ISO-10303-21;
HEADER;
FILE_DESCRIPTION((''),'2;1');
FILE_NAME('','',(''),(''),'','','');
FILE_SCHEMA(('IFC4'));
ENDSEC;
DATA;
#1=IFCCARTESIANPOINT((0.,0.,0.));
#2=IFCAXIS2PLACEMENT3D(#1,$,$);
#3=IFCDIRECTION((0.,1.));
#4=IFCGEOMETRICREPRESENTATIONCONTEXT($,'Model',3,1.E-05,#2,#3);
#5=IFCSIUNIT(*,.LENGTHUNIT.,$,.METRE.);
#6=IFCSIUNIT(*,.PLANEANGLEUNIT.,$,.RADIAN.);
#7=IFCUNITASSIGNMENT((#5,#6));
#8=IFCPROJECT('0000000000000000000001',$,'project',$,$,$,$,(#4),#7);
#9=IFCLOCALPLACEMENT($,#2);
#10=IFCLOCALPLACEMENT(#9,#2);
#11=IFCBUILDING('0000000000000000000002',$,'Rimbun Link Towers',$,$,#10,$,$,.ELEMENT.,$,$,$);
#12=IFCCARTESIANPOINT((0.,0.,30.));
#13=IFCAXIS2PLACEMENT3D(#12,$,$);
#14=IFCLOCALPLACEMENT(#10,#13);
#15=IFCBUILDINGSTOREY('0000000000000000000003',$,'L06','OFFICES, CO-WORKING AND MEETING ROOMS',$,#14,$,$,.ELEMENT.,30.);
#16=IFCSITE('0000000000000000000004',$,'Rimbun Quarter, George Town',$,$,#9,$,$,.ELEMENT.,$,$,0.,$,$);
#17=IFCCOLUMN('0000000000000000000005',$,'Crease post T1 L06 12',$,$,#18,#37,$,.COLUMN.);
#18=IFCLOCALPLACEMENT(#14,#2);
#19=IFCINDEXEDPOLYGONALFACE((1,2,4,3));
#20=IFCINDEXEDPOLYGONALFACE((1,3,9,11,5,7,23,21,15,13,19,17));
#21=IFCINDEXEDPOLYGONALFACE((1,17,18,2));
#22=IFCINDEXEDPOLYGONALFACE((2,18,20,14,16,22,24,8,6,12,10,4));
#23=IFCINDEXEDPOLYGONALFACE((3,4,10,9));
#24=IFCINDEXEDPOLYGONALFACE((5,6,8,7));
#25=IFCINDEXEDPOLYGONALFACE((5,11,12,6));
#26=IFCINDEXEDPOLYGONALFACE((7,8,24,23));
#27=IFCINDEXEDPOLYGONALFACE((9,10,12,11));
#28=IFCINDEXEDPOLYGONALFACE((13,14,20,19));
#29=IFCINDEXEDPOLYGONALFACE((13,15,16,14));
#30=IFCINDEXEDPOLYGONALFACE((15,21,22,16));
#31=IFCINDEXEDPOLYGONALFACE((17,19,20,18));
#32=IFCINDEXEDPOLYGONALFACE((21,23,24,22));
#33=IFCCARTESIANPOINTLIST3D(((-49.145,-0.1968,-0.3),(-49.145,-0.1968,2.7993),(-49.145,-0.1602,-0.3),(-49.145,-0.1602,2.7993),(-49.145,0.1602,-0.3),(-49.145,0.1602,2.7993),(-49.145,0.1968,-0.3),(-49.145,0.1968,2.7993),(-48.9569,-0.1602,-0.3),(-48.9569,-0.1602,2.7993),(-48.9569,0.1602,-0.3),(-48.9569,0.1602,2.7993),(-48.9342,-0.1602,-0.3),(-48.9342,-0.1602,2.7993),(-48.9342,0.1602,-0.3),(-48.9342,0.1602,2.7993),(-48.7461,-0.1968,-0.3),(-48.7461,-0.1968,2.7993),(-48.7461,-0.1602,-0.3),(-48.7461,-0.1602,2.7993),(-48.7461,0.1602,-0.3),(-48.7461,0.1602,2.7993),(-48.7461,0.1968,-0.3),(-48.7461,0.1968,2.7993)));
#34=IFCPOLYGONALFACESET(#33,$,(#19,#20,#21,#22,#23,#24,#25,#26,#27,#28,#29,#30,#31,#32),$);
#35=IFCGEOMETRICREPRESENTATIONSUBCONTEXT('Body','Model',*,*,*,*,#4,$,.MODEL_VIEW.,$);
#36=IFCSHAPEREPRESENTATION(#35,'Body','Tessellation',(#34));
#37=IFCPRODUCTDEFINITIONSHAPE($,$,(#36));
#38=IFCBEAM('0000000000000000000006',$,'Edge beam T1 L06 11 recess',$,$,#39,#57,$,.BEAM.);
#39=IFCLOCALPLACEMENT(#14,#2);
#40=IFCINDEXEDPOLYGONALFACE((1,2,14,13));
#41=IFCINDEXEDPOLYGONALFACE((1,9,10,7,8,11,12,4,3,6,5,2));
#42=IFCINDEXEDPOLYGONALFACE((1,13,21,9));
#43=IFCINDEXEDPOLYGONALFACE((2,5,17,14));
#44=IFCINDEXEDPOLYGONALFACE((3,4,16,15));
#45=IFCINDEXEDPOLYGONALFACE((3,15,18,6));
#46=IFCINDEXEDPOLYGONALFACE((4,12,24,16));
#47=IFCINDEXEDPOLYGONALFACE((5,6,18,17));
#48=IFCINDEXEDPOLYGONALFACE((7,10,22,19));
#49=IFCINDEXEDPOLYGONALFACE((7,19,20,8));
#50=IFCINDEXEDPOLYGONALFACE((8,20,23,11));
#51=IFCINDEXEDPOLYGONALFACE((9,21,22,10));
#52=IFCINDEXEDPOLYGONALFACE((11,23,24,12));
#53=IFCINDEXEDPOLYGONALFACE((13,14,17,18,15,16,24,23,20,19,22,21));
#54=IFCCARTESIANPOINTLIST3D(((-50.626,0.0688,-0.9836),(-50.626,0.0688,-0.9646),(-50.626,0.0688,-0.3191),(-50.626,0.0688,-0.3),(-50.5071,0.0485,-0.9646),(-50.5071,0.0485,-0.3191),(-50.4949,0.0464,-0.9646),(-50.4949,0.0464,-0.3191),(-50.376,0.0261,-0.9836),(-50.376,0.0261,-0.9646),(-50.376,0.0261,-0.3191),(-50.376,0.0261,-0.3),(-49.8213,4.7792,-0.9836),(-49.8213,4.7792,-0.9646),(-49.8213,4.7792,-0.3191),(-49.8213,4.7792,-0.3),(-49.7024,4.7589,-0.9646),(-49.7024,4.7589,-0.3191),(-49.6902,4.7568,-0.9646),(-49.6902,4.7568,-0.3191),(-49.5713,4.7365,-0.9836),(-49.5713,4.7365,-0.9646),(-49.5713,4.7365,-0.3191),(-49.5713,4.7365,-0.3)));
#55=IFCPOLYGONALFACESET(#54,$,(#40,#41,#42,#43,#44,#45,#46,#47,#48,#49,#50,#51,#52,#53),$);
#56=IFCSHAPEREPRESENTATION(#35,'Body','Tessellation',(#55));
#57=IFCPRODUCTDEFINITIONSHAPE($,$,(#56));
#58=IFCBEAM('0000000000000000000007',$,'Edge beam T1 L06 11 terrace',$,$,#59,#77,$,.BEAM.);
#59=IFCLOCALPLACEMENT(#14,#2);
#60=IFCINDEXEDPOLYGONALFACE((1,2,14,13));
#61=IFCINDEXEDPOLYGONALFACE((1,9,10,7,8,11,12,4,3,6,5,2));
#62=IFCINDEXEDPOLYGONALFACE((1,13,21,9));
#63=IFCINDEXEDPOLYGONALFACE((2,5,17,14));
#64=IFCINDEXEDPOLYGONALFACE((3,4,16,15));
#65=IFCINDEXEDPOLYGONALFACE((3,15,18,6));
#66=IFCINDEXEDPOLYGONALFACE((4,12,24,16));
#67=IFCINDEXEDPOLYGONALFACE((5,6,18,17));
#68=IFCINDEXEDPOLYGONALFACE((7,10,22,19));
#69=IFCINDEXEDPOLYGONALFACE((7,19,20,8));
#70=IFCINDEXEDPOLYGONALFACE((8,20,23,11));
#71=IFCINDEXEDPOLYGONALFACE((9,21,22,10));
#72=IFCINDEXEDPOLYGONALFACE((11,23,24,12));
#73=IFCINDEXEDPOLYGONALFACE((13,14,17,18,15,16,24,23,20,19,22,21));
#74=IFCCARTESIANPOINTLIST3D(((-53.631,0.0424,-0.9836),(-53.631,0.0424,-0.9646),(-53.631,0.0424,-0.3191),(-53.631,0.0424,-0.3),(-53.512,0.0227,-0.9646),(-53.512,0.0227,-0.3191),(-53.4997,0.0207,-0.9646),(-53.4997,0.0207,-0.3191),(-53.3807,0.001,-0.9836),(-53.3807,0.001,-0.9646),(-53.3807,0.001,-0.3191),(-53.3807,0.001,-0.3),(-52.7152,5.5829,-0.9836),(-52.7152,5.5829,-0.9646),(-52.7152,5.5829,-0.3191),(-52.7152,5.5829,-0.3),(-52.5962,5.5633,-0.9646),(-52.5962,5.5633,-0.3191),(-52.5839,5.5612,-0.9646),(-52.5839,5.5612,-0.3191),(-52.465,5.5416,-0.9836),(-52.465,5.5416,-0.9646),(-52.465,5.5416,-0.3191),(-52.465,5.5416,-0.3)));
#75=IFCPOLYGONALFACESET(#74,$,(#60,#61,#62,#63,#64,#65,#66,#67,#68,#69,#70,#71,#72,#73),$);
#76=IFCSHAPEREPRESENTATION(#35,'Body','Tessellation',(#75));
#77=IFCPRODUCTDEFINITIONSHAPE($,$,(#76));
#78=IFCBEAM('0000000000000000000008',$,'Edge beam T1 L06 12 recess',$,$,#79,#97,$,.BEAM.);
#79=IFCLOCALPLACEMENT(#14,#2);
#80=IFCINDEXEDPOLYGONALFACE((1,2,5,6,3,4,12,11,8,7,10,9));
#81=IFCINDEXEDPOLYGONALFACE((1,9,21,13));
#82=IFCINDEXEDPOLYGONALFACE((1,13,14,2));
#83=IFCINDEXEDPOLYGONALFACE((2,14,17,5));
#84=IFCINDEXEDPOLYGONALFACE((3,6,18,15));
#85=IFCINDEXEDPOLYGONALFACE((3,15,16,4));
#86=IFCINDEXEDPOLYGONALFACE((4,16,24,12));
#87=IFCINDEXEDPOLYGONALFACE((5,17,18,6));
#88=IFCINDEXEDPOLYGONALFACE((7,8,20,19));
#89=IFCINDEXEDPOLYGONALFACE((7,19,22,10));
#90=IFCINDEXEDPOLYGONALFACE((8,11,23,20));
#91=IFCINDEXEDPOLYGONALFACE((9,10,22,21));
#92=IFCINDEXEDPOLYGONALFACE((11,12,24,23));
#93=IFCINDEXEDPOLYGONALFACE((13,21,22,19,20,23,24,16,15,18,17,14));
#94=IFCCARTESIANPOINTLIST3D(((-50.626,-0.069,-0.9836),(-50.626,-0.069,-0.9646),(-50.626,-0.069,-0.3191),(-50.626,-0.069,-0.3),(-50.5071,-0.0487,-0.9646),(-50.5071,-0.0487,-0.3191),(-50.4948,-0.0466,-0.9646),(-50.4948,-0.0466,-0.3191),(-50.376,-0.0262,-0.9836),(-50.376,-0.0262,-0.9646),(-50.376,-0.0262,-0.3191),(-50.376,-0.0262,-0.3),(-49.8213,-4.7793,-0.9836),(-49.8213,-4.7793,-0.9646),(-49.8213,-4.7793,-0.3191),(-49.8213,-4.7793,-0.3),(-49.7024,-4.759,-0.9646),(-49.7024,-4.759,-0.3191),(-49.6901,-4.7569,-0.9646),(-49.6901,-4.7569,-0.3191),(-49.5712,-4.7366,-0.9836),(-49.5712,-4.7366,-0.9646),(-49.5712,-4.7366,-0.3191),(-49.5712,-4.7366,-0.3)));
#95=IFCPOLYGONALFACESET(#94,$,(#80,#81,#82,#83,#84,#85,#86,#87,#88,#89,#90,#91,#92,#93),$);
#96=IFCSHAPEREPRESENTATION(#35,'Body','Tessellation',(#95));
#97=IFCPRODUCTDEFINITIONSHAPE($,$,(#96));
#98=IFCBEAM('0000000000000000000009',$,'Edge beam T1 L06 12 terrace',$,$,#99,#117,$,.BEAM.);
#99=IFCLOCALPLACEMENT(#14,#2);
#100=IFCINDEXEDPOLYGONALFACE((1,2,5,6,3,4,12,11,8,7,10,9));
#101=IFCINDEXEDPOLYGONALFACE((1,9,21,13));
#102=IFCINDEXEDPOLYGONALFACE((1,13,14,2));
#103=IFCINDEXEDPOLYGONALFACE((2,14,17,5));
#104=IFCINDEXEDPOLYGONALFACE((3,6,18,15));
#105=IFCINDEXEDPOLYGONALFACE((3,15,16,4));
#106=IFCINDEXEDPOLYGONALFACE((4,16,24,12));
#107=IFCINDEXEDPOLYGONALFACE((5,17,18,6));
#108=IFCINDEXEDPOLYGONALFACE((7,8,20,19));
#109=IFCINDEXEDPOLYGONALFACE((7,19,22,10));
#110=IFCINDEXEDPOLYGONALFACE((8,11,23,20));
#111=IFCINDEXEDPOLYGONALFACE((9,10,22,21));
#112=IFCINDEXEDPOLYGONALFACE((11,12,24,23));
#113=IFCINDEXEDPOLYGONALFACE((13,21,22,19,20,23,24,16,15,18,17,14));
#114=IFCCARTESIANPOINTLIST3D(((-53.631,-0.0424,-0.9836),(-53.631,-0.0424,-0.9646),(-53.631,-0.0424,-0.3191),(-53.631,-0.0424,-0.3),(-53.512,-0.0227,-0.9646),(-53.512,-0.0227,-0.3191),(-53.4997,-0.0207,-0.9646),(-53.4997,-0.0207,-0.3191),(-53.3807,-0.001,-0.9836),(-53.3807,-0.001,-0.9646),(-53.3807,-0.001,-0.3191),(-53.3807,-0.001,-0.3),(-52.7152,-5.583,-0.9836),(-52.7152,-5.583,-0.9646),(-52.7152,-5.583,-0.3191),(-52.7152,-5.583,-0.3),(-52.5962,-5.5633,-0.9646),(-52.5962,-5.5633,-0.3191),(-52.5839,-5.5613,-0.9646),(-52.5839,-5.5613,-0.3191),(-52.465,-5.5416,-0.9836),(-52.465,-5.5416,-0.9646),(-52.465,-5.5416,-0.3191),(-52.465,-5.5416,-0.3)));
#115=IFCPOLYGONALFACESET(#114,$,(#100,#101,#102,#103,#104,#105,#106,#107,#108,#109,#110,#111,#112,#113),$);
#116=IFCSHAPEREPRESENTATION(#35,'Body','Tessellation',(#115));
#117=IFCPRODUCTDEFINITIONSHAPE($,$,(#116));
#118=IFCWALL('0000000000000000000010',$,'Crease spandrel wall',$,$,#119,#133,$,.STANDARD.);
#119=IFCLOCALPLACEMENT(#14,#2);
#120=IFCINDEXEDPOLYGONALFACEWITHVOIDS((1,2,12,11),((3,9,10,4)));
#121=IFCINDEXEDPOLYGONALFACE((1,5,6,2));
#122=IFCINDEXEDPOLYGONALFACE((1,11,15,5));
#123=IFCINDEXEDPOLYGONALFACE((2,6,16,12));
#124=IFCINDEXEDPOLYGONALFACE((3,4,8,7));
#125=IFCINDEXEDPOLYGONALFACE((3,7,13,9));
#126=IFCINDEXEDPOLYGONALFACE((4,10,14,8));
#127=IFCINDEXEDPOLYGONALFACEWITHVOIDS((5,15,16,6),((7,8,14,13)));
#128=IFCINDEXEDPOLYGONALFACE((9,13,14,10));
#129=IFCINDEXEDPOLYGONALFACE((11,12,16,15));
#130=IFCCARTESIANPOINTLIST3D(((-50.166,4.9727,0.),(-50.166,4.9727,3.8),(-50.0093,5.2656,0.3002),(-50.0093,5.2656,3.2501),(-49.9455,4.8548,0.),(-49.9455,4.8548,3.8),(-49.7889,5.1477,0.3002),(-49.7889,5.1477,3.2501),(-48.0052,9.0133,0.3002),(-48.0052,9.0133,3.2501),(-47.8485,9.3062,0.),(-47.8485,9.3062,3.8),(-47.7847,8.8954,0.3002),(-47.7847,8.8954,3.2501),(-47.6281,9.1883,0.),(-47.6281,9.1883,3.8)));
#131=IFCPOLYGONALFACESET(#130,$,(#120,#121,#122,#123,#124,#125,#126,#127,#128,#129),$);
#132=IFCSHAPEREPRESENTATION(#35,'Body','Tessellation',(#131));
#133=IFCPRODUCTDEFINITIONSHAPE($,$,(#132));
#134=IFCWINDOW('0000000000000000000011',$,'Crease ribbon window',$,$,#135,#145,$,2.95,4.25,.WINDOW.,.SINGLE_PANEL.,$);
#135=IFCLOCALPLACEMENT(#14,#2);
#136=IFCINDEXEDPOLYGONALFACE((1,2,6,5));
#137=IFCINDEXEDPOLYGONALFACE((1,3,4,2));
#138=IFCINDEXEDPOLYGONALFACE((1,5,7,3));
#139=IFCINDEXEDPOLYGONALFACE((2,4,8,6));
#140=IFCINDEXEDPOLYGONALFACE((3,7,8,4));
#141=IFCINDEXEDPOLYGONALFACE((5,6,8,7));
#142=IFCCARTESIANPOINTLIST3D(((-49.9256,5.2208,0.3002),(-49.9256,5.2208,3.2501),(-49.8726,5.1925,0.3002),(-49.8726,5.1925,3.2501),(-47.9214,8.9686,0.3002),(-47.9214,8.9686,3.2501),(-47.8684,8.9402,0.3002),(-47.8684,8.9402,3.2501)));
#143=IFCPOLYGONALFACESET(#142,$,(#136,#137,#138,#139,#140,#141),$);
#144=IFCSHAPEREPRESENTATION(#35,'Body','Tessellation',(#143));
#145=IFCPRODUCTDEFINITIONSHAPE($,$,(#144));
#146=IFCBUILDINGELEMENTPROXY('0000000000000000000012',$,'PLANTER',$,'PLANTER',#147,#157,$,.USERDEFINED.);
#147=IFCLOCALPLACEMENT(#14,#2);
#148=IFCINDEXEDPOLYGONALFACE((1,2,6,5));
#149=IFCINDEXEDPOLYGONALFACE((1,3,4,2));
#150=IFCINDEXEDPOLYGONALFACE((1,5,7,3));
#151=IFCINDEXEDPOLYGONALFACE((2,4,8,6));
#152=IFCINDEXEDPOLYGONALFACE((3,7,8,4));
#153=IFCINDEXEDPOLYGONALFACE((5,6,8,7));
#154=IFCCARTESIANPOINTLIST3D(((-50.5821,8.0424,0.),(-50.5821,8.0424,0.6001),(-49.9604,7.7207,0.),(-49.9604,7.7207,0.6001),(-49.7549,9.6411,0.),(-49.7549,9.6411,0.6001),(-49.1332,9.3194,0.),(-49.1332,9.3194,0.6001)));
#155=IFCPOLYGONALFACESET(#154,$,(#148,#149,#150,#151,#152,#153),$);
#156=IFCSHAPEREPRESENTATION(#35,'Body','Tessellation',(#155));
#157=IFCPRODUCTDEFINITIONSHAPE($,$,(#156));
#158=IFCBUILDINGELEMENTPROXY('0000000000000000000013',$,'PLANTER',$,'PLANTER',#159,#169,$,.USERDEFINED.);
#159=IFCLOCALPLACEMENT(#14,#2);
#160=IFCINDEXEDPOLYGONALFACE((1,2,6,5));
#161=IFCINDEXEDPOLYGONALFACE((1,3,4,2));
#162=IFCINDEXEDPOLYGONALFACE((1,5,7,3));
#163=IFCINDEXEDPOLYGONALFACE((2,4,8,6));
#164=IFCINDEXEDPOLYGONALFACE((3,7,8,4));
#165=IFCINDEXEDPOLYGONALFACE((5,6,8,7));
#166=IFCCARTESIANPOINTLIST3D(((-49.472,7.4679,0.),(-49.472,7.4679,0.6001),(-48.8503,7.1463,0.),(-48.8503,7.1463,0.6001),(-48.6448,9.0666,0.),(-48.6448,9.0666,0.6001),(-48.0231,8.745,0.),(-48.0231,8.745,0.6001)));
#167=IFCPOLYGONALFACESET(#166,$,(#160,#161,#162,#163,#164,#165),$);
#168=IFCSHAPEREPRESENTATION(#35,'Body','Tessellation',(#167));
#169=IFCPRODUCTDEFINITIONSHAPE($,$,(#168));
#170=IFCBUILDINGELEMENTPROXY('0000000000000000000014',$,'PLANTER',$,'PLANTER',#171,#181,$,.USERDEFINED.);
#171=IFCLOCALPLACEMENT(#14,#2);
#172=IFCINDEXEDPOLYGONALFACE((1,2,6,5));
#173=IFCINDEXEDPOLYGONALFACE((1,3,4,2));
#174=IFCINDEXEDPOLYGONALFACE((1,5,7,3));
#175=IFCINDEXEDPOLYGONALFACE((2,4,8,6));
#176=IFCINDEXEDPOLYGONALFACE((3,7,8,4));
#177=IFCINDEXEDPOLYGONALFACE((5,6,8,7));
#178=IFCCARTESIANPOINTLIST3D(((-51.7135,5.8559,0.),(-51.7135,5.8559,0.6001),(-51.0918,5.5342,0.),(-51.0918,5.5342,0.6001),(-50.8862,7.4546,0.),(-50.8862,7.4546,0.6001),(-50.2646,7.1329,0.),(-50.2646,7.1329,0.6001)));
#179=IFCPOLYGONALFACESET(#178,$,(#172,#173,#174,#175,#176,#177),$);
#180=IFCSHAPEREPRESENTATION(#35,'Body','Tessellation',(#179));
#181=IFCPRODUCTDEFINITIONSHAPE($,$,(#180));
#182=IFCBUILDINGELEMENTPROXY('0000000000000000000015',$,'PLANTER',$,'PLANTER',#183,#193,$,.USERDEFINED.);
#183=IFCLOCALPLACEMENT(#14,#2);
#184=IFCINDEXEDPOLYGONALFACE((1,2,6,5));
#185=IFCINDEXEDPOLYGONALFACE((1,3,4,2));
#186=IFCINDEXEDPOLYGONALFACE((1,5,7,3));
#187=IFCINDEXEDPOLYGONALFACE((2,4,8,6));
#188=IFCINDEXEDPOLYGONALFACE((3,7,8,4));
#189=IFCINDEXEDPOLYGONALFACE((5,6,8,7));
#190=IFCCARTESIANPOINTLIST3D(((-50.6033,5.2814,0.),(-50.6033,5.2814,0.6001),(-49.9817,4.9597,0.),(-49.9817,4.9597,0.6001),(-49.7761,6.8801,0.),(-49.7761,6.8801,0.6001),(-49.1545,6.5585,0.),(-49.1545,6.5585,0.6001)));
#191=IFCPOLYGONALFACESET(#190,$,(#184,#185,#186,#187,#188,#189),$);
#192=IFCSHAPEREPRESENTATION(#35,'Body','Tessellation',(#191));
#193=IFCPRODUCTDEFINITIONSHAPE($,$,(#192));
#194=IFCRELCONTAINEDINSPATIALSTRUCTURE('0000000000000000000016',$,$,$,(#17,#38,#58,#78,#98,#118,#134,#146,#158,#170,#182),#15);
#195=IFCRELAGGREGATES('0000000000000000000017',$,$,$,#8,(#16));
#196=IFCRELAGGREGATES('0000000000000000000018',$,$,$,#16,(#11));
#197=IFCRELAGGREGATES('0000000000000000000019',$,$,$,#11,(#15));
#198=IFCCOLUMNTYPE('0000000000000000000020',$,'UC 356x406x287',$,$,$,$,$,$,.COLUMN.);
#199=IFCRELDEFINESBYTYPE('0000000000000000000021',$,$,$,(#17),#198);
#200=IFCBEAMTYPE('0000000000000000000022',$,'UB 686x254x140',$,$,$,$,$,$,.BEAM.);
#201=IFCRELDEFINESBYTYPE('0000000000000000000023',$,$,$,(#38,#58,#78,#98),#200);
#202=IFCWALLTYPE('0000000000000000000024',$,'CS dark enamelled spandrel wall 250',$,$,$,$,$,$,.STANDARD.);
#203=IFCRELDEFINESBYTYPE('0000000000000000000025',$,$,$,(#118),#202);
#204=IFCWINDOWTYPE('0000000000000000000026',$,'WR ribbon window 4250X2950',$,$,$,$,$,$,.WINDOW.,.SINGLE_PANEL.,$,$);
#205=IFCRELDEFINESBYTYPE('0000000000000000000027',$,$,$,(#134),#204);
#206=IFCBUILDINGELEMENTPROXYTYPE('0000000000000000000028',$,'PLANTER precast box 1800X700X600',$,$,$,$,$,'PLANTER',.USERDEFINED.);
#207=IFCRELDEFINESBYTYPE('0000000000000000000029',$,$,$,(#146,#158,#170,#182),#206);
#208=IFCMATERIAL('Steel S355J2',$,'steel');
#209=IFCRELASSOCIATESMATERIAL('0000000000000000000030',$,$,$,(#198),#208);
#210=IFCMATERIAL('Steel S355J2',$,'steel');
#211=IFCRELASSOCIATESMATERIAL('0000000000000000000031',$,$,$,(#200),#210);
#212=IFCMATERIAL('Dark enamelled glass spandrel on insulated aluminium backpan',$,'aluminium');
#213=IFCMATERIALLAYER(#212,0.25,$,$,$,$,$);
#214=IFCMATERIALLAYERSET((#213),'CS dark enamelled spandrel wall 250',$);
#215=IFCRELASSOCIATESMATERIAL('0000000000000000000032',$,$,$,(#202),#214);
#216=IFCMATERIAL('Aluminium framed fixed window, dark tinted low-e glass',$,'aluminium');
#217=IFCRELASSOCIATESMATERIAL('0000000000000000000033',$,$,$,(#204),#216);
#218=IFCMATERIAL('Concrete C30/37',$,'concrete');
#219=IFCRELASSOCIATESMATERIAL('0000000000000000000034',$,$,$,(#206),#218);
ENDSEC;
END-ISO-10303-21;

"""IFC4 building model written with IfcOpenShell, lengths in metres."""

from ifc_helpers import new_model, si_unit, direction, frame, frame_2d, origin, origin_2d, place, context, subcontext, project, spatial, rectangle, i_section, extrude, material, layer, layer_set, material_profile, profile_set, type_object, element, fill, save


model = new_model("IFC4")

# Units and contexts
model_context = context("Model", 3, precision=1e-05, world=origin(), true_north=direction((0.0, 1.0)))
body_context = subcontext(model_context, "Body", "Model", "MODEL_VIEW")
ifc_project = project(units=[si_unit("LENGTHUNIT", "METRE"), si_unit("PLANEANGLEUNIT", "RADIAN")], contexts=[model_context])

# Site, building, storey
site_placement = place(None, origin())
site = spatial("IfcSite", under=ifc_project, at=site_placement, Name="Rimbun Quarter, George Town", CompositionType="ELEMENT", RefElevation=0.0)
building_placement = place(site_placement, origin())
building = spatial("IfcBuilding", under=site, at=building_placement, Name="Rimbun Link Towers", CompositionType="ELEMENT")
storey_placement = place(building_placement, frame((0.0, 0.0, 30.0)))
storey = spatial("IfcBuildingStorey", under=building, at=storey_placement, Name="L06", Description="OFFICES, CO-WORKING AND MEETING ROOMS", CompositionType="ELEMENT", Elevation=30.0)

# Column
ifc_material_1 = material(Name="Steel S355J2", Category="steel")
ifc_material_profile_1 = material_profile(ifc_material_1, i_section(OverallWidth=0.3989, OverallDepth=0.3936, WebThickness=0.0227, FlangeThickness=0.0366, at=origin_2d()), Name="UC 356x406x287")
ifc_profile_set_1 = profile_set([ifc_material_profile_1], Name="Steel S355J2")
column_type = type_object("IfcColumnType", Name="UC 356x406x287", PredefinedType="COLUMN", material=ifc_profile_set_1)
column_placement = place(storey_placement, frame((-48.9456, 0.0, -0.3), z_axis=(0.0, 0.0, 1.0), x_axis=(1.0, 0.0, 0.0)))
element("IfcColumn", 1, at=column_placement, inside=storey, type_object=column_type, Name="Crease post T1 L06 12", PredefinedType="COLUMN", context=body_context, shape_type="SweptSolid", body=[
    extrude(i_section(OverallWidth=0.3989, OverallDepth=0.3936, WebThickness=0.0227, FlangeThickness=0.0366, at=origin_2d()), origin(), (0.0, 0.0, 1.0), 3.0994),
])

# Beams
ifc_material_2 = material(Name="Steel S355J2", Category="steel")
ifc_material_profile_2 = material_profile(ifc_material_2, i_section(OverallWidth=0.2537, OverallDepth=0.6836, WebThickness=0.0125, FlangeThickness=0.019, at=origin_2d()), Name="UB 686x254x140")
ifc_profile_set_2 = profile_set([ifc_material_profile_2], Name="Steel S355J2")
beam_type = type_object("IfcBeamType", Name="UB 686x254x140", PredefinedType="BEAM", material=ifc_profile_set_2)
beam_1_placement = place(storey_placement, frame((-49.6963, 4.7578, -0.6418), z_axis=(-0.168399, -0.985719, 0.0), x_axis=(0.985719, -0.168399, 0.0)))
element("IfcBeam", 2, at=beam_1_placement, inside=storey, type_object=beam_type, Name="Edge beam T1 L06 11 recess", PredefinedType="BEAM", context=body_context, shape_type="SweptSolid", body=[
    extrude(i_section(OverallWidth=0.2537, OverallDepth=0.6836, WebThickness=0.0125, FlangeThickness=0.019, at=origin_2d()), origin(), (0.0, 0.0, 1.0), 4.7786),
])
beam_2_placement = place(storey_placement, frame((-52.5901, 5.5623, -0.6418), z_axis=(-0.163073, -0.986614, 0.0), x_axis=(0.986614, -0.163073, 0.0)))
element("IfcBeam", 3, at=beam_2_placement, inside=storey, type_object=beam_type, Name="Edge beam T1 L06 11 terrace", PredefinedType="BEAM", context=body_context, shape_type="SweptSolid", body=[
    extrude(i_section(OverallWidth=0.2537, OverallDepth=0.6836, WebThickness=0.0125, FlangeThickness=0.019, at=origin_2d()), origin(), (0.0, 0.0, 1.0), 5.6157),
])
beam_3_placement = place(storey_placement, frame((-50.501, -0.0476, -0.6418), z_axis=(0.168399, -0.985719, 0.0), x_axis=(0.985719, 0.168399, 0.0)))
element("IfcBeam", 4, at=beam_3_placement, inside=storey, type_object=beam_type, Name="Edge beam T1 L06 12 recess", PredefinedType="BEAM", context=body_context, shape_type="SweptSolid", body=[
    extrude(i_section(OverallWidth=0.2537, OverallDepth=0.6836, WebThickness=0.0125, FlangeThickness=0.019, at=origin_2d()), origin(), (0.0, 0.0, 1.0), 4.7786),
])
beam_4_placement = place(storey_placement, frame((-53.5059, -0.0217, -0.6418), z_axis=(0.163073, -0.986614, 0.0), x_axis=(0.986614, 0.163073, 0.0)))
element("IfcBeam", 5, at=beam_4_placement, inside=storey, type_object=beam_type, Name="Edge beam T1 L06 12 terrace", PredefinedType="BEAM", context=body_context, shape_type="SweptSolid", body=[
    extrude(i_section(OverallWidth=0.2537, OverallDepth=0.6836, WebThickness=0.0125, FlangeThickness=0.019, at=origin_2d()), origin(), (0.0, 0.0, 1.0), 5.6157),
])

# Wall, opening, window
ifc_material_3 = material(Name="Dark enamelled glass spandrel on insulated aluminium backpan", Category="aluminium")
ifc_layer = layer(ifc_material_3, 0.25)
ifc_layer_set = layer_set([ifc_layer], Name="CS dark enamelled spandrel wall 250")
wall_type = type_object("IfcWallType", Name="CS dark enamelled spandrel wall 250", PredefinedType="STANDARD", material=ifc_layer_set)
wall_1_placement = place(storey_placement, frame((-50.0557, 4.9138, 0.0), z_axis=(0.0, 0.0, 1.0), x_axis=(0.471568, 0.88183, 0.0)))
wall_1 = element("IfcWall", 6, at=wall_1_placement, inside=storey, type_object=wall_type, Name="Crease spandrel wall", PredefinedType="STANDARD", context=body_context, shape_type="SweptSolid", body=[
    extrude(rectangle(XDim=4.9143, YDim=0.25, at=frame_2d((2.457, 0.0))), origin(), (0.0, 0.0, 1.0), 3.8),
])
opening_1_placement = place(wall_1_placement, frame((0.332, 0.0, 0.3)))
opening_1 = element("IfcOpeningElement", 7, at=opening_1_placement, cuts=wall_1, PredefinedType="OPENING", context=body_context, shape_type="SweptSolid", body=[
    extrude(rectangle(XDim=4.25, YDim=2.95, at=frame_2d((2.125, 1.4751))), frame((0.0, 0.135, 0.0), z_axis=(0.0, -1.0, 0.0), x_axis=(1.0, 0.0, 0.0)), (0.0, 0.0, 1.0), 0.27),
])
ifc_material_4 = material(Name="Aluminium framed fixed window, dark tinted low-e glass", Category="aluminium")
window_type_1 = type_object("IfcWindowType", Name="WR ribbon window 4250X2950", PartitioningType="SINGLE_PANEL", PredefinedType="WINDOW", material=ifc_material_4)
window_1_placement = place(opening_1_placement, origin())
window_1 = element("IfcWindow", 8, at=window_1_placement, inside=storey, type_object=window_type_1, Name="Crease ribbon window", OverallHeight=2.95, OverallWidth=4.25, PartitioningType="SINGLE_PANEL", PredefinedType="WINDOW", context=body_context, shape_type="SweptSolid", body=[
    extrude(rectangle(XDim=4.25, YDim=2.95, at=frame_2d((2.125, 1.4751))), frame((0.0, 0.03, 0.0), z_axis=(0.0, -1.0, 0.0), x_axis=(1.0, 0.0, 0.0)), (0.0, 0.0, 1.0), 0.0601),
])
fill(opening_1, window_1)

# Building element proxies
ifc_material_5 = material(Name="Concrete C30/37", Category="concrete")
building_element_proxy_type = type_object("IfcBuildingElementProxyType", Name="PLANTER precast box 1800X700X600", ElementType="PLANTER", PredefinedType="USERDEFINED", material=ifc_material_5)
for number, where, z_axis, x_axis, name in (
    (9, (-49.8577, 8.6809, 0.0), (0.0, 0.0, 1.0), (-0.459548, -0.888153, 0.0), "PLANTER"),
    (10, (-48.7476, 8.1064, 0.0), (0.0, 0.0, 1.0), (-0.459548, -0.888153, 0.0), "PLANTER"),
    (11, (-50.989, 6.4944, 0.0), (0.0, 0.0, 1.0), (-0.459548, -0.888153, 0.0), "PLANTER"),
    (12, (-49.8789, 5.9199, 0.0), (0.0, 0.0, 1.0), (-0.459548, -0.888153, 0.0), "PLANTER"),
):
    element("IfcBuildingElementProxy", number, at=place(storey_placement, frame(where, z_axis=z_axis, x_axis=x_axis)), inside=storey, type_object=building_element_proxy_type, Name=name, ObjectType="PLANTER", PredefinedType="USERDEFINED", context=body_context, shape_type="SweptSolid", body=[
        extrude(rectangle(XDim=1.8, YDim=0.7, at=origin_2d()), origin(), (0.0, 0.0, 1.0), 0.6001),
    ])

save(model, "model.ifc")
